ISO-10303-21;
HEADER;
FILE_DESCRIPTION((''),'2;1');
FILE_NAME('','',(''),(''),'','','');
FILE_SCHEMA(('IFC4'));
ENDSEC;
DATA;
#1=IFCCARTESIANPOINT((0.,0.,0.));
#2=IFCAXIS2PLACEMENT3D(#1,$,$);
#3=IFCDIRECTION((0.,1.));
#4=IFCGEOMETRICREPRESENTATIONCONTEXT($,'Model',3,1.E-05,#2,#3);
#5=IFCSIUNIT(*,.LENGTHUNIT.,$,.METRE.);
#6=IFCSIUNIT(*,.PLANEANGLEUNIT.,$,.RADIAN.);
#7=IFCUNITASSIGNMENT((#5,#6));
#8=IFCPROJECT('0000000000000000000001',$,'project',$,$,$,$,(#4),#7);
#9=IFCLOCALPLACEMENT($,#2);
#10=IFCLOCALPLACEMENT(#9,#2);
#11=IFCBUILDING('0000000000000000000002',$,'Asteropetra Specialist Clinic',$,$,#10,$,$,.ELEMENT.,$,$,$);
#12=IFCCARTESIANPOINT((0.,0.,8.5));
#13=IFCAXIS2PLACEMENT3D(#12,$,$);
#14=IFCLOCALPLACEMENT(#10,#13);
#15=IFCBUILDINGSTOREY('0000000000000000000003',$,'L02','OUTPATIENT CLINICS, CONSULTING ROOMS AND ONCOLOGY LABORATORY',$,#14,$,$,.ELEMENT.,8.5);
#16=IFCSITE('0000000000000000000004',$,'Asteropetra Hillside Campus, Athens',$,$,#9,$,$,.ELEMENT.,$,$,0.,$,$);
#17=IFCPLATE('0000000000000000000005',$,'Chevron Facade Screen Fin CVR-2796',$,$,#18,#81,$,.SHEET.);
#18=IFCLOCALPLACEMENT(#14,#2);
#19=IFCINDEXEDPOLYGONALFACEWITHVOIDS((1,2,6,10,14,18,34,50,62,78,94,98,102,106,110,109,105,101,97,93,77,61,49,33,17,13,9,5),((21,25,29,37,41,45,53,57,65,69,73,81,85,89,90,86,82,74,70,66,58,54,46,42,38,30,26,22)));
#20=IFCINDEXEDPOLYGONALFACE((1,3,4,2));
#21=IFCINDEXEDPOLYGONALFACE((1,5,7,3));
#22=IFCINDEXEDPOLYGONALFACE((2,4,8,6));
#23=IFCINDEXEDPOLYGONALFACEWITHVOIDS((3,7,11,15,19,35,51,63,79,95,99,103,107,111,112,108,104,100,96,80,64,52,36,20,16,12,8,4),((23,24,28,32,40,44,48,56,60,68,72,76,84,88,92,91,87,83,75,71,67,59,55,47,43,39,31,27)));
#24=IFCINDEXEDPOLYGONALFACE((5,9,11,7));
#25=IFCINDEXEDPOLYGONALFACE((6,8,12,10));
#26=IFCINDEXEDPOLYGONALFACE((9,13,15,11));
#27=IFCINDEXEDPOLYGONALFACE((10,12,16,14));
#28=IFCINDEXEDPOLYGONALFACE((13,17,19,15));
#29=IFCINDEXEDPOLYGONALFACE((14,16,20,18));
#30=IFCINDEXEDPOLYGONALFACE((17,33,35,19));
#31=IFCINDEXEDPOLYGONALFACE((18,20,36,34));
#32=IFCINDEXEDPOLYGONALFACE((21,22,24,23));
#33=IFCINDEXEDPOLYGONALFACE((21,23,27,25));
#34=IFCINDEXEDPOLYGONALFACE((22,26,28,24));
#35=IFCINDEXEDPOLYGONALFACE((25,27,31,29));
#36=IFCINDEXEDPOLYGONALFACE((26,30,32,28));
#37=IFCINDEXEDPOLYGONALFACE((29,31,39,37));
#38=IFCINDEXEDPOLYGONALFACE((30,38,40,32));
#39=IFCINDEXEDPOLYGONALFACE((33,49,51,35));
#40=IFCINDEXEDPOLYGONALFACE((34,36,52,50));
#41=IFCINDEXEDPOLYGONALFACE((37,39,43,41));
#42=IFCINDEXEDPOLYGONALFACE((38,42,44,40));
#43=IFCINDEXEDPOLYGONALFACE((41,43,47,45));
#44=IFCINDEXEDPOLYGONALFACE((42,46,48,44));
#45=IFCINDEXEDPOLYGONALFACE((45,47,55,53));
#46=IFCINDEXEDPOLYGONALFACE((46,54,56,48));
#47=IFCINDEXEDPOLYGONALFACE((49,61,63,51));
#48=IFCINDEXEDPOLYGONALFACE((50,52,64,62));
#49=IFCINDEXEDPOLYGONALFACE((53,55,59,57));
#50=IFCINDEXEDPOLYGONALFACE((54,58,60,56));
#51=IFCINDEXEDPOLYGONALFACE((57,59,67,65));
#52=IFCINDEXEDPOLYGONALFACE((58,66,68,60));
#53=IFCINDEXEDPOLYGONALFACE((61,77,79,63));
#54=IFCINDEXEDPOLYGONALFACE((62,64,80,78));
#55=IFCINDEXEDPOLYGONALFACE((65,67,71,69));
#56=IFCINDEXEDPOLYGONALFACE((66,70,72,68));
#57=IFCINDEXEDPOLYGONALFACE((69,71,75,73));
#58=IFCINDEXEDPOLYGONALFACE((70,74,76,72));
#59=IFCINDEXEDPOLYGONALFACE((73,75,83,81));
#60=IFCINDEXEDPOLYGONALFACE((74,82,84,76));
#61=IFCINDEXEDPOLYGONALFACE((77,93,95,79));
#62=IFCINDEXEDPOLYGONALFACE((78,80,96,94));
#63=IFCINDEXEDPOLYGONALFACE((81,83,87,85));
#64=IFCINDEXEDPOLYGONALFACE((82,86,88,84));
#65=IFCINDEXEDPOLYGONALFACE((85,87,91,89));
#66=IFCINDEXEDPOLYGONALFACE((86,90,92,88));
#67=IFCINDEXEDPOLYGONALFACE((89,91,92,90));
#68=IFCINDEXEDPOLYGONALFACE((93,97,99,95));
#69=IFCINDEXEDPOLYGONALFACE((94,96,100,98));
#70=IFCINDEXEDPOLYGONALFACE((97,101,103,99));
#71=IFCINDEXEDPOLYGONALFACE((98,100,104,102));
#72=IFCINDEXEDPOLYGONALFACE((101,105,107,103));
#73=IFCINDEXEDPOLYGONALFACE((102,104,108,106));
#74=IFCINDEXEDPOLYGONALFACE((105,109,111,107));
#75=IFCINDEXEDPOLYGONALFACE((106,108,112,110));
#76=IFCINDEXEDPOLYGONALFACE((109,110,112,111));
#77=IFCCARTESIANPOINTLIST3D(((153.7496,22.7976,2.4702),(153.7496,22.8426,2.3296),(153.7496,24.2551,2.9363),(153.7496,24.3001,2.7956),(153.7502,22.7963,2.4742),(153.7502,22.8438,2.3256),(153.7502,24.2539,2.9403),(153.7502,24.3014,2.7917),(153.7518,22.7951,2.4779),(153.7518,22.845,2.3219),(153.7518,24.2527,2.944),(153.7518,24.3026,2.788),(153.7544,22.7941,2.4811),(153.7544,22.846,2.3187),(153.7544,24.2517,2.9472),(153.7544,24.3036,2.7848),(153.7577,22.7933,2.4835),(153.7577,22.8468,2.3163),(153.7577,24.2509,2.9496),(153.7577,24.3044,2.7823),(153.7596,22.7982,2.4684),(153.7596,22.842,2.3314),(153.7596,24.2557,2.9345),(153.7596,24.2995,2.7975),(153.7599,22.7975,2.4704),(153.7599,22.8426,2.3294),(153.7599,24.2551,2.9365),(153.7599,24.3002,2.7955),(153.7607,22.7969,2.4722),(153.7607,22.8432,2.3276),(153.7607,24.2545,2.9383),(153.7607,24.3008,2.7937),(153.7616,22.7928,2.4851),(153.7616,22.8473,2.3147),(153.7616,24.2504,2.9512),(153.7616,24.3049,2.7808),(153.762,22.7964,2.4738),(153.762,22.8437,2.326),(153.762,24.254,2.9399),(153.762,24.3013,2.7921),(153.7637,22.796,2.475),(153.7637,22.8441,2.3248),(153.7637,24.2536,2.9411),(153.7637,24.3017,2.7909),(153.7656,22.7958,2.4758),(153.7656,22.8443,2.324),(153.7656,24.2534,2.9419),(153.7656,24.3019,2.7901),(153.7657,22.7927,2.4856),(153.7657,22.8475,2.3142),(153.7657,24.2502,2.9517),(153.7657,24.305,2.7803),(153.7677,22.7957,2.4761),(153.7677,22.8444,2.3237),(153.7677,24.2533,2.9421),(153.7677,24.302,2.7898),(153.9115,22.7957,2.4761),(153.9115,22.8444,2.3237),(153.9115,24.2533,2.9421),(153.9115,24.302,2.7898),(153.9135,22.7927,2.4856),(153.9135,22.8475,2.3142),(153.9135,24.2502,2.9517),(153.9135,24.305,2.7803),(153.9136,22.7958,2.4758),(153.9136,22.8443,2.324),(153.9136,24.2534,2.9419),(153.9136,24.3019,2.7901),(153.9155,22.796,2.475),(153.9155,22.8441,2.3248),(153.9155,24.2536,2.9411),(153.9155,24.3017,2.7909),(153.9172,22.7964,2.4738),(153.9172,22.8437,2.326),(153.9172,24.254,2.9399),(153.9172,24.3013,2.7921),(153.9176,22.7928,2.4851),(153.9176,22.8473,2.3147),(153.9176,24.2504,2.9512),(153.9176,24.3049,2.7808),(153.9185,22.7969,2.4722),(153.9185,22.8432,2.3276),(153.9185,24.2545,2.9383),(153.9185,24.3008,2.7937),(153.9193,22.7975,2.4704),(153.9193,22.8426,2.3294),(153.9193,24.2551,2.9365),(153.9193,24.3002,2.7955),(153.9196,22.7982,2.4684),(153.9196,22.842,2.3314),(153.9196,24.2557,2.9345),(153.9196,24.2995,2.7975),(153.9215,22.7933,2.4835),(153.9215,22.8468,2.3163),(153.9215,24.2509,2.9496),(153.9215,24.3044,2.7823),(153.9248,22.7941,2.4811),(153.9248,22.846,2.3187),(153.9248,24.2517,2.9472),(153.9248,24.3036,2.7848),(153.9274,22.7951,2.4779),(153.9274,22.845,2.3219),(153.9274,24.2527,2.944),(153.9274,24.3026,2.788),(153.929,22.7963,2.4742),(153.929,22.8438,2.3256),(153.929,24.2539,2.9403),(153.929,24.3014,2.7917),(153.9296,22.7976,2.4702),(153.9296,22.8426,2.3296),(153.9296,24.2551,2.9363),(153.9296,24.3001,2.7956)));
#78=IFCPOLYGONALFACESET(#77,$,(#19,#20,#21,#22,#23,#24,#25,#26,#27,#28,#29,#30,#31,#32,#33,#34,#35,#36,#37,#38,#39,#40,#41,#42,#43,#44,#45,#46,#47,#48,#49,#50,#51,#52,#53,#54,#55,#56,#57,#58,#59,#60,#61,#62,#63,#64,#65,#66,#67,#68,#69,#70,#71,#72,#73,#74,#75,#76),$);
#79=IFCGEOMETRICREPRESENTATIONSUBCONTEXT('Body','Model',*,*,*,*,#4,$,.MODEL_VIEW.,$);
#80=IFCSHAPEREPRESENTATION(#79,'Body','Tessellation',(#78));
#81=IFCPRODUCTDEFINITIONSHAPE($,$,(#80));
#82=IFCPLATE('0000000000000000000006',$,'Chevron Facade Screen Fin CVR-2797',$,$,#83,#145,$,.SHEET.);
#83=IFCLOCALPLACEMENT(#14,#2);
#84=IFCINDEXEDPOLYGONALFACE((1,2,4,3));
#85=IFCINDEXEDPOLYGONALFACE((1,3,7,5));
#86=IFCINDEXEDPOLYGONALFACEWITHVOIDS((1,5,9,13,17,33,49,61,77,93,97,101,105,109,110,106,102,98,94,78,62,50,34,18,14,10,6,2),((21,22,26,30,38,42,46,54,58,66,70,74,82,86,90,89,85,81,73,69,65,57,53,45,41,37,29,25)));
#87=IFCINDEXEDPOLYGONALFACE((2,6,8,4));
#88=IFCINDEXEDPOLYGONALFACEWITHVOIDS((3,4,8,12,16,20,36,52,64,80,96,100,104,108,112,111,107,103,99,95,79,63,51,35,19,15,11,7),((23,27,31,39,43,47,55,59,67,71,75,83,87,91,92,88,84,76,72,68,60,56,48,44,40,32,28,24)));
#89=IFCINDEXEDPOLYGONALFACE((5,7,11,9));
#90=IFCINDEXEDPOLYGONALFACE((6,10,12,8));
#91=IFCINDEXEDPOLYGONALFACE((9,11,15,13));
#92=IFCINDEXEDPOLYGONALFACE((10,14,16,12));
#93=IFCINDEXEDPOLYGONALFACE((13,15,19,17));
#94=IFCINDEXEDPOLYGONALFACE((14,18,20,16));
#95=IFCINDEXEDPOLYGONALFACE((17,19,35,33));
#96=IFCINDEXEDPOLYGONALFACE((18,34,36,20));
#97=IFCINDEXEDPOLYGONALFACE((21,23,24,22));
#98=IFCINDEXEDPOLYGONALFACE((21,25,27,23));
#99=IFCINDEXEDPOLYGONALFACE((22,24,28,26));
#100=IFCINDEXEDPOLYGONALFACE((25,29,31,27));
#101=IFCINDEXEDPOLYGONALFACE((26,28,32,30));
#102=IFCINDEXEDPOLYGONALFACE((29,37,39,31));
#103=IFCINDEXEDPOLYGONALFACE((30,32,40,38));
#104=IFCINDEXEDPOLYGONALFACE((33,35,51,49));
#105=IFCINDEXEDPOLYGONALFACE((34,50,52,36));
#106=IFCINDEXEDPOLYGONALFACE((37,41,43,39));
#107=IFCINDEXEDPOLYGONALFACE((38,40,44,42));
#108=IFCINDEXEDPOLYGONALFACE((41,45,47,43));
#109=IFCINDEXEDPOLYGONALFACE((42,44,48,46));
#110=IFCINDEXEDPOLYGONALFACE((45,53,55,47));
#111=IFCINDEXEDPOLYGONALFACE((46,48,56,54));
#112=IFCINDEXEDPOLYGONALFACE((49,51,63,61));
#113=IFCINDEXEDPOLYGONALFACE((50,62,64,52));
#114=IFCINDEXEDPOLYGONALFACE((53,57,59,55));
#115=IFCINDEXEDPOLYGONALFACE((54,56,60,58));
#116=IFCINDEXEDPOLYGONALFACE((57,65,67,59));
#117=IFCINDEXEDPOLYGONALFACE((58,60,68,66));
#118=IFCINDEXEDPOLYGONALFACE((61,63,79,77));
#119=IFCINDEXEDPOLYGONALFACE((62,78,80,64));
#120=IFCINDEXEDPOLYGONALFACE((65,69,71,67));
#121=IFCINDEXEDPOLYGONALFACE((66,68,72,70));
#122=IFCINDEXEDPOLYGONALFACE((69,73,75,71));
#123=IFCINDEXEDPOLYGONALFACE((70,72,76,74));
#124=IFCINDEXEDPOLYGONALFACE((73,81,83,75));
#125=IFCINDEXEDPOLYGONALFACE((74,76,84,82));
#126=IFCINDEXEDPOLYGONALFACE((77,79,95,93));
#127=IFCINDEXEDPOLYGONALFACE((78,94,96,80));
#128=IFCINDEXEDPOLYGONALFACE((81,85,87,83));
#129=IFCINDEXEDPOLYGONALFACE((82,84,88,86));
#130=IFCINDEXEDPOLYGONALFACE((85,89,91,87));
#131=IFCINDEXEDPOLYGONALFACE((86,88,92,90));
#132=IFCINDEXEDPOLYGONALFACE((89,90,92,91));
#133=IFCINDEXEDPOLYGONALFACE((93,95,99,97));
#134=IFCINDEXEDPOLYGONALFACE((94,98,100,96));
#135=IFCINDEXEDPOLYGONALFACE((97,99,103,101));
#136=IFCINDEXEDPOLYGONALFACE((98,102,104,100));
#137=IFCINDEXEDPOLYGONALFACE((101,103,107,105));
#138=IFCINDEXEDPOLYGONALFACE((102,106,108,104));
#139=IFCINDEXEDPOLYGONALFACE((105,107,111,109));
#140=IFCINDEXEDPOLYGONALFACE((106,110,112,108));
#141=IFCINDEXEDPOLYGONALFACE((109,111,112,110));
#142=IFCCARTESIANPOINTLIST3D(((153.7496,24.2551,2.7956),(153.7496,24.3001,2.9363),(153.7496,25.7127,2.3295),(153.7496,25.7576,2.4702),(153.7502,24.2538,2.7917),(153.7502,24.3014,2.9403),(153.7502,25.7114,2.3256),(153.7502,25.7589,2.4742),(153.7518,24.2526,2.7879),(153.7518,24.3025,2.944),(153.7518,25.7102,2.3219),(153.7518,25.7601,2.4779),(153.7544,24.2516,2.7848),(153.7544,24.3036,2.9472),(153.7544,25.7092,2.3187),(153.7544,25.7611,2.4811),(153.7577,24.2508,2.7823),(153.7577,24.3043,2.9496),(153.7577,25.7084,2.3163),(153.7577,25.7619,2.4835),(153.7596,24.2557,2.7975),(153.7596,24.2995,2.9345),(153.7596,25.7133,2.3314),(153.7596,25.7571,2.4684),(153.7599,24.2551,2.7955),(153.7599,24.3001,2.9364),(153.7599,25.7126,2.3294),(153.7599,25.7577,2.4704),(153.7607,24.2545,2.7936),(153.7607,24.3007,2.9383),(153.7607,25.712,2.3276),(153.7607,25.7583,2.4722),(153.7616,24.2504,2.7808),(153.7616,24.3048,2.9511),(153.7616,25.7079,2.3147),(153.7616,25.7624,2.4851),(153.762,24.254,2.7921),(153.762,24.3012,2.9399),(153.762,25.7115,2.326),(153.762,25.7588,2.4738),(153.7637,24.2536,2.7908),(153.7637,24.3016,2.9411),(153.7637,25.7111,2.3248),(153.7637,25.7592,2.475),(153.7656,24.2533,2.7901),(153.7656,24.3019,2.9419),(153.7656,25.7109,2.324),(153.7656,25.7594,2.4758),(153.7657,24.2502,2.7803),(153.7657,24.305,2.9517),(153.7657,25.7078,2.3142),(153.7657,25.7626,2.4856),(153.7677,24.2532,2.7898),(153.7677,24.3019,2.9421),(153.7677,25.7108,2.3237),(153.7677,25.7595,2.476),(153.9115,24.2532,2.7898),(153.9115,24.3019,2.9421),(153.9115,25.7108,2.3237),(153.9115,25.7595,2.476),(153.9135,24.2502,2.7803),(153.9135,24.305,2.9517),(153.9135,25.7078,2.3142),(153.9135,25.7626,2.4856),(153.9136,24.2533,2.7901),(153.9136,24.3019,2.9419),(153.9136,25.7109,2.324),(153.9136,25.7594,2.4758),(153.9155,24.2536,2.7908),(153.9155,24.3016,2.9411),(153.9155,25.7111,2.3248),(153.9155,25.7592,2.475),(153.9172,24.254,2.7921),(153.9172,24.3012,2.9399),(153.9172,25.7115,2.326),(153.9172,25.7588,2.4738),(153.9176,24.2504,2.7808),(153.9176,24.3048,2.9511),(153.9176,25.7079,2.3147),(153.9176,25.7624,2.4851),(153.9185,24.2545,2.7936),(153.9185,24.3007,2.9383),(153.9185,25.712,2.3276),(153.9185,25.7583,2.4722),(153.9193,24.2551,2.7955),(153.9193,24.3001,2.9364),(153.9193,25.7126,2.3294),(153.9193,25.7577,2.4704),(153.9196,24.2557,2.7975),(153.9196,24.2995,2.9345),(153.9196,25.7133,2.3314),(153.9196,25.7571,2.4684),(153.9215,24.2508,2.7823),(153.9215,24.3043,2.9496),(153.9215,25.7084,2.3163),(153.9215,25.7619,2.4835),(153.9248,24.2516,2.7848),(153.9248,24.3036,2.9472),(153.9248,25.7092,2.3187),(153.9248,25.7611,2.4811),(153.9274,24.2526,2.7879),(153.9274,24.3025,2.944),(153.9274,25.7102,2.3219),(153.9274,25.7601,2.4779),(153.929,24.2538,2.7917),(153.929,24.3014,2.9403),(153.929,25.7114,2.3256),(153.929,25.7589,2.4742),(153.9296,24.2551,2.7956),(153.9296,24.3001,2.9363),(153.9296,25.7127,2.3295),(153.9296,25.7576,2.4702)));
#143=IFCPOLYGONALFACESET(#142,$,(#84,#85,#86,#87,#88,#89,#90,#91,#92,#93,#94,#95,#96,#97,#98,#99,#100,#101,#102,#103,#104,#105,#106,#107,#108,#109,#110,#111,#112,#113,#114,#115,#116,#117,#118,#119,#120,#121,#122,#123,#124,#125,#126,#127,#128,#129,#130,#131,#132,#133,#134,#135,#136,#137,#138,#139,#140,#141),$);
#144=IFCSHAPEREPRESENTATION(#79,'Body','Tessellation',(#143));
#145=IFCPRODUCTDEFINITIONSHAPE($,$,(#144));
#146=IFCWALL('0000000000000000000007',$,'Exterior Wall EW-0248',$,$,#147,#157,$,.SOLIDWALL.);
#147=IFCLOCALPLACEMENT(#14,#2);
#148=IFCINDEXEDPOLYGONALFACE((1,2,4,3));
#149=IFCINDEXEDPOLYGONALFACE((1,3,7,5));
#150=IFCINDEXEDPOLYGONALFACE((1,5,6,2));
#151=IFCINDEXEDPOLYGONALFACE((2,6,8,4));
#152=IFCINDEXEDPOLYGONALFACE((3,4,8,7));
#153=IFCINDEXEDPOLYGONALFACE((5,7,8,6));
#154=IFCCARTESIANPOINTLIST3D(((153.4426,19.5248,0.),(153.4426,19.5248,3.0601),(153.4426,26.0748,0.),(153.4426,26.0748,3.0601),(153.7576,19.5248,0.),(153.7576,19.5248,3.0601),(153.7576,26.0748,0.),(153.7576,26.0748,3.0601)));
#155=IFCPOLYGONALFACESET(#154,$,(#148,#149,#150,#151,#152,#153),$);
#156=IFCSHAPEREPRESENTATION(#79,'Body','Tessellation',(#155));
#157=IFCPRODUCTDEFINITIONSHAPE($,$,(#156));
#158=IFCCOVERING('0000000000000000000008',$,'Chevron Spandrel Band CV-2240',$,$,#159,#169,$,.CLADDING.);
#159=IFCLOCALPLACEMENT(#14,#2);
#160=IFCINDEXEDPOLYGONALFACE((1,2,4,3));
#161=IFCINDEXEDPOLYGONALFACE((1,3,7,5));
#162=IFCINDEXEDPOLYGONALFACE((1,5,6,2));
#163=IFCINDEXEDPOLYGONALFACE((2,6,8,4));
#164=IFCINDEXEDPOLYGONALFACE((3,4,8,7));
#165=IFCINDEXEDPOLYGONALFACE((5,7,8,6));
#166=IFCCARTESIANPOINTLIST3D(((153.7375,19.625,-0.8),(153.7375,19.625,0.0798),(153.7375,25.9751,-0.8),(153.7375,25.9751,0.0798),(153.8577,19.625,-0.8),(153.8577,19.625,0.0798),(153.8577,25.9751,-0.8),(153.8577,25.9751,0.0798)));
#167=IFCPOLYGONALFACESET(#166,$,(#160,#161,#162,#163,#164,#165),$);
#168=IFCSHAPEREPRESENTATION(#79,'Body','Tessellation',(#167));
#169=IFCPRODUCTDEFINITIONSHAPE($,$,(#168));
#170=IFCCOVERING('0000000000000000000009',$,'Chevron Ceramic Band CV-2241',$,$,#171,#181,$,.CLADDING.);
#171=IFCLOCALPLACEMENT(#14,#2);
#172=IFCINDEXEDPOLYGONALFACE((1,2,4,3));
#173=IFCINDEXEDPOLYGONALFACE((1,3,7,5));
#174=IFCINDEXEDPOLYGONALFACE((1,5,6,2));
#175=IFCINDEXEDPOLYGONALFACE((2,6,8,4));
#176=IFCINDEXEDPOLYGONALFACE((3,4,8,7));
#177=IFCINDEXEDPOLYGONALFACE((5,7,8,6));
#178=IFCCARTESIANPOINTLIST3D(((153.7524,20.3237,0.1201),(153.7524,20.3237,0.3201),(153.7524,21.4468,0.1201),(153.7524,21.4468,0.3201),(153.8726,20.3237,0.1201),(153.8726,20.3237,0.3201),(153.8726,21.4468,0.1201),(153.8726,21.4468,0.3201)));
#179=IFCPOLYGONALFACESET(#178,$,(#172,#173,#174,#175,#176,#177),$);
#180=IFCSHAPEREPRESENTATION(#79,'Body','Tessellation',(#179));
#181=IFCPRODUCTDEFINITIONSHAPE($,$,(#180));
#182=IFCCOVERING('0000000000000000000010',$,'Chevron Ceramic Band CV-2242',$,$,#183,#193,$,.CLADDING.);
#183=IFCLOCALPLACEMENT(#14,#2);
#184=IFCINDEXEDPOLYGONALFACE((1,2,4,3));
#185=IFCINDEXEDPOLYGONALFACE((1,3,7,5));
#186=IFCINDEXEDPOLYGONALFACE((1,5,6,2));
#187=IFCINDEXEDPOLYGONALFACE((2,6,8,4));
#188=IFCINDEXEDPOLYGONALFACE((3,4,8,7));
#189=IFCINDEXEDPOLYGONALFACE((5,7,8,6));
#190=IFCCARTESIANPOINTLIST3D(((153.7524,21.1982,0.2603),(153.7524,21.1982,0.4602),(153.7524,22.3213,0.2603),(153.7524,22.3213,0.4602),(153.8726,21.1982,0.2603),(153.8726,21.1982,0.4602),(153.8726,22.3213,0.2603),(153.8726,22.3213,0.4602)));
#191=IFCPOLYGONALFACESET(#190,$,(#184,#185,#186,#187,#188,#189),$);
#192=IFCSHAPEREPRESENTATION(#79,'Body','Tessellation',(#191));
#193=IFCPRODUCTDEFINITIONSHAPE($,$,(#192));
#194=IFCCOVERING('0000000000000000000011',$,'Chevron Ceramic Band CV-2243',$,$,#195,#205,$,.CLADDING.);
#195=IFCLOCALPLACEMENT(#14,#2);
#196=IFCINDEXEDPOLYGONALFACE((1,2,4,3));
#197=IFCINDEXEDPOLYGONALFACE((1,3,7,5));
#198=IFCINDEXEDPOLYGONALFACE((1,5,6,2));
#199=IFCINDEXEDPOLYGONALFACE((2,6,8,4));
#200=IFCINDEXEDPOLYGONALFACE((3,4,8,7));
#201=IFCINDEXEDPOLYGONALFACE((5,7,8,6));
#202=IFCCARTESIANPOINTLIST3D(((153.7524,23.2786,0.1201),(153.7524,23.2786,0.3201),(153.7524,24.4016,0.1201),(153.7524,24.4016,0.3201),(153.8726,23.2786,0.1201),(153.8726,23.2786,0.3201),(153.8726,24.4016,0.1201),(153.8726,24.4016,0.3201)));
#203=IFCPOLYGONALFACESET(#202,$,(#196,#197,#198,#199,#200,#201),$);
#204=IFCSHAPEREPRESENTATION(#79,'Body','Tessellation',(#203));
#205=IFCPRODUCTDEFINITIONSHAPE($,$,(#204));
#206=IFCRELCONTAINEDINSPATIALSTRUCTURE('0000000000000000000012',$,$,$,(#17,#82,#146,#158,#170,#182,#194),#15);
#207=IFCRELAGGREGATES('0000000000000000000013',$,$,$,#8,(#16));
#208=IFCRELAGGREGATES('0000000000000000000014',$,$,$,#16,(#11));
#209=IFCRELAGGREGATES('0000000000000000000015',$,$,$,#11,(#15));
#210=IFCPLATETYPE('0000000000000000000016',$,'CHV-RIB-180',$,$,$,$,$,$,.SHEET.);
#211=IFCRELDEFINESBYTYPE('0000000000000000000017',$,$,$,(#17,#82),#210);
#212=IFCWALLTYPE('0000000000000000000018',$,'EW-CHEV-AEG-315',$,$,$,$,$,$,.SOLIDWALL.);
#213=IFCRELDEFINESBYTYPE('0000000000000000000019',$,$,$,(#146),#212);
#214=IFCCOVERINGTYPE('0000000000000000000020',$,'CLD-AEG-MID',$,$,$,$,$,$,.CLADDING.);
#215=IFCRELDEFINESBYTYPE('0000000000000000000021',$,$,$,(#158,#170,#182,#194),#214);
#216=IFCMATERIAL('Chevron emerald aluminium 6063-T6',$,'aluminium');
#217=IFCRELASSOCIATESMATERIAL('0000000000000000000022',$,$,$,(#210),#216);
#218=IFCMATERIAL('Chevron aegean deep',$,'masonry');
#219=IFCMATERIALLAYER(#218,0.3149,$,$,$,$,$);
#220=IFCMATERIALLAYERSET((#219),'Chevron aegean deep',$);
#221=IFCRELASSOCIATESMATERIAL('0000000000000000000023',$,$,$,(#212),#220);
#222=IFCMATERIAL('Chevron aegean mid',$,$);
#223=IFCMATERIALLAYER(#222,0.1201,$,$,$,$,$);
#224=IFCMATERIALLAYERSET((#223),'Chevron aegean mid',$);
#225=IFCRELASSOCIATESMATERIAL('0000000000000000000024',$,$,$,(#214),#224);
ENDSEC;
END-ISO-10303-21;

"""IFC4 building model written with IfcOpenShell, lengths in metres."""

from ifc_helpers import new_model, si_unit, direction, frame, frame_2d, origin, origin_2d, place, context, subcontext, project, spatial, rectangle, hollow_rectangle, extrude, material, layer, layer_set, material_profile, profile_set, type_object, element, save


model = new_model("IFC4")

# Units and contexts
model_context = context("Model", 3, precision=1e-05, world=origin(), true_north=direction((0.0, 1.0)))
body_context = subcontext(model_context, "Body", "Model", "MODEL_VIEW")
ifc_project = project(units=[si_unit("LENGTHUNIT", "METRE"), si_unit("PLANEANGLEUNIT", "RADIAN")], contexts=[model_context])

# Site, building, storey
site_placement = place(None, origin())
site = spatial("IfcSite", under=ifc_project, at=site_placement, Name="Asteropetra Hillside Campus, Athens", CompositionType="ELEMENT", RefElevation=0.0)
building_placement = place(site_placement, origin())
building = spatial("IfcBuilding", under=site, at=building_placement, Name="Asteropetra Specialist Clinic", CompositionType="ELEMENT")
storey_placement = place(building_placement, frame((0.0, 0.0, 8.5)))
storey = spatial("IfcBuildingStorey", under=building, at=storey_placement, Name="L02", Description="OUTPATIENT CLINICS, CONSULTING ROOMS AND ONCOLOGY LABORATORY", CompositionType="ELEMENT", Elevation=8.5)

# Plates
ifc_material_1 = material(Name="Chevron emerald aluminium 6063-T6", Category="aluminium")
ifc_material_profile_1 = material_profile(ifc_material_1, hollow_rectangle(XDim=0.1799, YDim=0.1799, WallThickness=0.01, InnerFilletRadius=0.0081, OuterFilletRadius=0.0161, at=origin_2d()), Name="SHS 180x180x10.0")
ifc_profile_set_1 = profile_set([ifc_material_profile_1], Name="Chevron emerald aluminium 6063-T6")
plate_type = type_object("IfcPlateType", Name="CHV-RIB-180", PredefinedType="SHEET", material=ifc_profile_set_1)
for number, where, z_axis, x_axis, name in (
    (1, (153.8396, 22.8201, 2.3999), (0.0, 0.952489, 0.304573), (-1.0, 0.0, 0.0), "Chevron Facade Screen Fin CVR-2796"),
    (2, (153.8396, 24.2776, 2.866), (0.0, 0.952489, -0.304573), (-1.0, 0.0, 0.0), "Chevron Facade Screen Fin CVR-2797"),
):
    element("IfcPlate", number, at=place(storey_placement, frame(where, z_axis=z_axis, x_axis=x_axis)), inside=storey, type_object=plate_type, Name=name, PredefinedType="SHEET", context=body_context, shape_type="SweptSolid", body=[
        extrude(hollow_rectangle(XDim=0.1799, YDim=0.1799, WallThickness=0.01, InnerFilletRadius=0.0081, OuterFilletRadius=0.0161, at=origin_2d()), origin(), (0.0, 0.0, 1.0), 1.5303),
    ])

# Wall
ifc_material_2 = material(Name="Chevron aegean deep", Category="masonry")
ifc_layer_1 = layer(ifc_material_2, 0.3149)
ifc_layer_set_1 = layer_set([ifc_layer_1], Name="Chevron aegean deep")
wall_type = type_object("IfcWallType", Name="EW-CHEV-AEG-315", PredefinedType="SOLIDWALL", material=ifc_layer_set_1)
wall_placement = place(storey_placement, frame((153.6001, 19.5249, 0.0), z_axis=(0.0, 0.0, 1.0), x_axis=(0.0, 1.0, 0.0)))
element("IfcWall", 3, at=wall_placement, inside=storey, type_object=wall_type, Name="Exterior Wall EW-0248", PredefinedType="SOLIDWALL", context=body_context, shape_type="SweptSolid", body=[
    extrude(rectangle(XDim=6.55, YDim=0.3149, at=frame_2d((3.2749, 0.0))), origin(), (0.0, 0.0, 1.0), 3.0601),
])

# Coverings
ifc_material_3 = material(Name="Chevron aegean mid")
ifc_layer_2 = layer(ifc_material_3, 0.1201)
ifc_layer_set_2 = layer_set([ifc_layer_2], Name="Chevron aegean mid")
covering_type_1 = type_object("IfcCoveringType", Name="CLD-AEG-MID", PredefinedType="CLADDING", material=ifc_layer_set_2)
covering_1_placement = place(storey_placement, frame((153.7976, 22.8, -0.8), z_axis=(0.0, 0.0, 1.0), x_axis=(1.0, 0.0, 0.0)))
element("IfcCovering", 4, at=covering_1_placement, inside=storey, type_object=covering_type_1, Name="Chevron Spandrel Band CV-2240", PredefinedType="CLADDING", context=body_context, shape_type="SweptSolid", body=[
    extrude(rectangle(XDim=0.1201, YDim=6.3501, at=origin_2d()), origin(), (0.0, 0.0, 1.0), 0.8799),
])
for number, where, z_axis, x_axis, name in (
    (5, (153.8125, 20.8853, 0.1201), (0.0, 0.0, 1.0), (1.0, 0.0, 0.0), "Chevron Ceramic Band CV-2241"),
    (6, (153.8125, 21.7598, 0.2603), (0.0, 0.0, 1.0), (1.0, 0.0, 0.0), "Chevron Ceramic Band CV-2242"),
    (7, (153.8125, 23.8401, 0.1201), (0.0, 0.0, 1.0), (1.0, 0.0, 0.0), "Chevron Ceramic Band CV-2243"),
):
    element("IfcCovering", number, at=place(storey_placement, frame(where, z_axis=z_axis, x_axis=x_axis)), inside=storey, type_object=covering_type_1, Name=name, PredefinedType="CLADDING", context=body_context, shape_type="SweptSolid", body=[
        extrude(rectangle(XDim=0.1201, YDim=1.123, at=origin_2d()), origin(), (0.0, 0.0, 1.0), 0.2),
    ])

save(model, "model.ifc")
